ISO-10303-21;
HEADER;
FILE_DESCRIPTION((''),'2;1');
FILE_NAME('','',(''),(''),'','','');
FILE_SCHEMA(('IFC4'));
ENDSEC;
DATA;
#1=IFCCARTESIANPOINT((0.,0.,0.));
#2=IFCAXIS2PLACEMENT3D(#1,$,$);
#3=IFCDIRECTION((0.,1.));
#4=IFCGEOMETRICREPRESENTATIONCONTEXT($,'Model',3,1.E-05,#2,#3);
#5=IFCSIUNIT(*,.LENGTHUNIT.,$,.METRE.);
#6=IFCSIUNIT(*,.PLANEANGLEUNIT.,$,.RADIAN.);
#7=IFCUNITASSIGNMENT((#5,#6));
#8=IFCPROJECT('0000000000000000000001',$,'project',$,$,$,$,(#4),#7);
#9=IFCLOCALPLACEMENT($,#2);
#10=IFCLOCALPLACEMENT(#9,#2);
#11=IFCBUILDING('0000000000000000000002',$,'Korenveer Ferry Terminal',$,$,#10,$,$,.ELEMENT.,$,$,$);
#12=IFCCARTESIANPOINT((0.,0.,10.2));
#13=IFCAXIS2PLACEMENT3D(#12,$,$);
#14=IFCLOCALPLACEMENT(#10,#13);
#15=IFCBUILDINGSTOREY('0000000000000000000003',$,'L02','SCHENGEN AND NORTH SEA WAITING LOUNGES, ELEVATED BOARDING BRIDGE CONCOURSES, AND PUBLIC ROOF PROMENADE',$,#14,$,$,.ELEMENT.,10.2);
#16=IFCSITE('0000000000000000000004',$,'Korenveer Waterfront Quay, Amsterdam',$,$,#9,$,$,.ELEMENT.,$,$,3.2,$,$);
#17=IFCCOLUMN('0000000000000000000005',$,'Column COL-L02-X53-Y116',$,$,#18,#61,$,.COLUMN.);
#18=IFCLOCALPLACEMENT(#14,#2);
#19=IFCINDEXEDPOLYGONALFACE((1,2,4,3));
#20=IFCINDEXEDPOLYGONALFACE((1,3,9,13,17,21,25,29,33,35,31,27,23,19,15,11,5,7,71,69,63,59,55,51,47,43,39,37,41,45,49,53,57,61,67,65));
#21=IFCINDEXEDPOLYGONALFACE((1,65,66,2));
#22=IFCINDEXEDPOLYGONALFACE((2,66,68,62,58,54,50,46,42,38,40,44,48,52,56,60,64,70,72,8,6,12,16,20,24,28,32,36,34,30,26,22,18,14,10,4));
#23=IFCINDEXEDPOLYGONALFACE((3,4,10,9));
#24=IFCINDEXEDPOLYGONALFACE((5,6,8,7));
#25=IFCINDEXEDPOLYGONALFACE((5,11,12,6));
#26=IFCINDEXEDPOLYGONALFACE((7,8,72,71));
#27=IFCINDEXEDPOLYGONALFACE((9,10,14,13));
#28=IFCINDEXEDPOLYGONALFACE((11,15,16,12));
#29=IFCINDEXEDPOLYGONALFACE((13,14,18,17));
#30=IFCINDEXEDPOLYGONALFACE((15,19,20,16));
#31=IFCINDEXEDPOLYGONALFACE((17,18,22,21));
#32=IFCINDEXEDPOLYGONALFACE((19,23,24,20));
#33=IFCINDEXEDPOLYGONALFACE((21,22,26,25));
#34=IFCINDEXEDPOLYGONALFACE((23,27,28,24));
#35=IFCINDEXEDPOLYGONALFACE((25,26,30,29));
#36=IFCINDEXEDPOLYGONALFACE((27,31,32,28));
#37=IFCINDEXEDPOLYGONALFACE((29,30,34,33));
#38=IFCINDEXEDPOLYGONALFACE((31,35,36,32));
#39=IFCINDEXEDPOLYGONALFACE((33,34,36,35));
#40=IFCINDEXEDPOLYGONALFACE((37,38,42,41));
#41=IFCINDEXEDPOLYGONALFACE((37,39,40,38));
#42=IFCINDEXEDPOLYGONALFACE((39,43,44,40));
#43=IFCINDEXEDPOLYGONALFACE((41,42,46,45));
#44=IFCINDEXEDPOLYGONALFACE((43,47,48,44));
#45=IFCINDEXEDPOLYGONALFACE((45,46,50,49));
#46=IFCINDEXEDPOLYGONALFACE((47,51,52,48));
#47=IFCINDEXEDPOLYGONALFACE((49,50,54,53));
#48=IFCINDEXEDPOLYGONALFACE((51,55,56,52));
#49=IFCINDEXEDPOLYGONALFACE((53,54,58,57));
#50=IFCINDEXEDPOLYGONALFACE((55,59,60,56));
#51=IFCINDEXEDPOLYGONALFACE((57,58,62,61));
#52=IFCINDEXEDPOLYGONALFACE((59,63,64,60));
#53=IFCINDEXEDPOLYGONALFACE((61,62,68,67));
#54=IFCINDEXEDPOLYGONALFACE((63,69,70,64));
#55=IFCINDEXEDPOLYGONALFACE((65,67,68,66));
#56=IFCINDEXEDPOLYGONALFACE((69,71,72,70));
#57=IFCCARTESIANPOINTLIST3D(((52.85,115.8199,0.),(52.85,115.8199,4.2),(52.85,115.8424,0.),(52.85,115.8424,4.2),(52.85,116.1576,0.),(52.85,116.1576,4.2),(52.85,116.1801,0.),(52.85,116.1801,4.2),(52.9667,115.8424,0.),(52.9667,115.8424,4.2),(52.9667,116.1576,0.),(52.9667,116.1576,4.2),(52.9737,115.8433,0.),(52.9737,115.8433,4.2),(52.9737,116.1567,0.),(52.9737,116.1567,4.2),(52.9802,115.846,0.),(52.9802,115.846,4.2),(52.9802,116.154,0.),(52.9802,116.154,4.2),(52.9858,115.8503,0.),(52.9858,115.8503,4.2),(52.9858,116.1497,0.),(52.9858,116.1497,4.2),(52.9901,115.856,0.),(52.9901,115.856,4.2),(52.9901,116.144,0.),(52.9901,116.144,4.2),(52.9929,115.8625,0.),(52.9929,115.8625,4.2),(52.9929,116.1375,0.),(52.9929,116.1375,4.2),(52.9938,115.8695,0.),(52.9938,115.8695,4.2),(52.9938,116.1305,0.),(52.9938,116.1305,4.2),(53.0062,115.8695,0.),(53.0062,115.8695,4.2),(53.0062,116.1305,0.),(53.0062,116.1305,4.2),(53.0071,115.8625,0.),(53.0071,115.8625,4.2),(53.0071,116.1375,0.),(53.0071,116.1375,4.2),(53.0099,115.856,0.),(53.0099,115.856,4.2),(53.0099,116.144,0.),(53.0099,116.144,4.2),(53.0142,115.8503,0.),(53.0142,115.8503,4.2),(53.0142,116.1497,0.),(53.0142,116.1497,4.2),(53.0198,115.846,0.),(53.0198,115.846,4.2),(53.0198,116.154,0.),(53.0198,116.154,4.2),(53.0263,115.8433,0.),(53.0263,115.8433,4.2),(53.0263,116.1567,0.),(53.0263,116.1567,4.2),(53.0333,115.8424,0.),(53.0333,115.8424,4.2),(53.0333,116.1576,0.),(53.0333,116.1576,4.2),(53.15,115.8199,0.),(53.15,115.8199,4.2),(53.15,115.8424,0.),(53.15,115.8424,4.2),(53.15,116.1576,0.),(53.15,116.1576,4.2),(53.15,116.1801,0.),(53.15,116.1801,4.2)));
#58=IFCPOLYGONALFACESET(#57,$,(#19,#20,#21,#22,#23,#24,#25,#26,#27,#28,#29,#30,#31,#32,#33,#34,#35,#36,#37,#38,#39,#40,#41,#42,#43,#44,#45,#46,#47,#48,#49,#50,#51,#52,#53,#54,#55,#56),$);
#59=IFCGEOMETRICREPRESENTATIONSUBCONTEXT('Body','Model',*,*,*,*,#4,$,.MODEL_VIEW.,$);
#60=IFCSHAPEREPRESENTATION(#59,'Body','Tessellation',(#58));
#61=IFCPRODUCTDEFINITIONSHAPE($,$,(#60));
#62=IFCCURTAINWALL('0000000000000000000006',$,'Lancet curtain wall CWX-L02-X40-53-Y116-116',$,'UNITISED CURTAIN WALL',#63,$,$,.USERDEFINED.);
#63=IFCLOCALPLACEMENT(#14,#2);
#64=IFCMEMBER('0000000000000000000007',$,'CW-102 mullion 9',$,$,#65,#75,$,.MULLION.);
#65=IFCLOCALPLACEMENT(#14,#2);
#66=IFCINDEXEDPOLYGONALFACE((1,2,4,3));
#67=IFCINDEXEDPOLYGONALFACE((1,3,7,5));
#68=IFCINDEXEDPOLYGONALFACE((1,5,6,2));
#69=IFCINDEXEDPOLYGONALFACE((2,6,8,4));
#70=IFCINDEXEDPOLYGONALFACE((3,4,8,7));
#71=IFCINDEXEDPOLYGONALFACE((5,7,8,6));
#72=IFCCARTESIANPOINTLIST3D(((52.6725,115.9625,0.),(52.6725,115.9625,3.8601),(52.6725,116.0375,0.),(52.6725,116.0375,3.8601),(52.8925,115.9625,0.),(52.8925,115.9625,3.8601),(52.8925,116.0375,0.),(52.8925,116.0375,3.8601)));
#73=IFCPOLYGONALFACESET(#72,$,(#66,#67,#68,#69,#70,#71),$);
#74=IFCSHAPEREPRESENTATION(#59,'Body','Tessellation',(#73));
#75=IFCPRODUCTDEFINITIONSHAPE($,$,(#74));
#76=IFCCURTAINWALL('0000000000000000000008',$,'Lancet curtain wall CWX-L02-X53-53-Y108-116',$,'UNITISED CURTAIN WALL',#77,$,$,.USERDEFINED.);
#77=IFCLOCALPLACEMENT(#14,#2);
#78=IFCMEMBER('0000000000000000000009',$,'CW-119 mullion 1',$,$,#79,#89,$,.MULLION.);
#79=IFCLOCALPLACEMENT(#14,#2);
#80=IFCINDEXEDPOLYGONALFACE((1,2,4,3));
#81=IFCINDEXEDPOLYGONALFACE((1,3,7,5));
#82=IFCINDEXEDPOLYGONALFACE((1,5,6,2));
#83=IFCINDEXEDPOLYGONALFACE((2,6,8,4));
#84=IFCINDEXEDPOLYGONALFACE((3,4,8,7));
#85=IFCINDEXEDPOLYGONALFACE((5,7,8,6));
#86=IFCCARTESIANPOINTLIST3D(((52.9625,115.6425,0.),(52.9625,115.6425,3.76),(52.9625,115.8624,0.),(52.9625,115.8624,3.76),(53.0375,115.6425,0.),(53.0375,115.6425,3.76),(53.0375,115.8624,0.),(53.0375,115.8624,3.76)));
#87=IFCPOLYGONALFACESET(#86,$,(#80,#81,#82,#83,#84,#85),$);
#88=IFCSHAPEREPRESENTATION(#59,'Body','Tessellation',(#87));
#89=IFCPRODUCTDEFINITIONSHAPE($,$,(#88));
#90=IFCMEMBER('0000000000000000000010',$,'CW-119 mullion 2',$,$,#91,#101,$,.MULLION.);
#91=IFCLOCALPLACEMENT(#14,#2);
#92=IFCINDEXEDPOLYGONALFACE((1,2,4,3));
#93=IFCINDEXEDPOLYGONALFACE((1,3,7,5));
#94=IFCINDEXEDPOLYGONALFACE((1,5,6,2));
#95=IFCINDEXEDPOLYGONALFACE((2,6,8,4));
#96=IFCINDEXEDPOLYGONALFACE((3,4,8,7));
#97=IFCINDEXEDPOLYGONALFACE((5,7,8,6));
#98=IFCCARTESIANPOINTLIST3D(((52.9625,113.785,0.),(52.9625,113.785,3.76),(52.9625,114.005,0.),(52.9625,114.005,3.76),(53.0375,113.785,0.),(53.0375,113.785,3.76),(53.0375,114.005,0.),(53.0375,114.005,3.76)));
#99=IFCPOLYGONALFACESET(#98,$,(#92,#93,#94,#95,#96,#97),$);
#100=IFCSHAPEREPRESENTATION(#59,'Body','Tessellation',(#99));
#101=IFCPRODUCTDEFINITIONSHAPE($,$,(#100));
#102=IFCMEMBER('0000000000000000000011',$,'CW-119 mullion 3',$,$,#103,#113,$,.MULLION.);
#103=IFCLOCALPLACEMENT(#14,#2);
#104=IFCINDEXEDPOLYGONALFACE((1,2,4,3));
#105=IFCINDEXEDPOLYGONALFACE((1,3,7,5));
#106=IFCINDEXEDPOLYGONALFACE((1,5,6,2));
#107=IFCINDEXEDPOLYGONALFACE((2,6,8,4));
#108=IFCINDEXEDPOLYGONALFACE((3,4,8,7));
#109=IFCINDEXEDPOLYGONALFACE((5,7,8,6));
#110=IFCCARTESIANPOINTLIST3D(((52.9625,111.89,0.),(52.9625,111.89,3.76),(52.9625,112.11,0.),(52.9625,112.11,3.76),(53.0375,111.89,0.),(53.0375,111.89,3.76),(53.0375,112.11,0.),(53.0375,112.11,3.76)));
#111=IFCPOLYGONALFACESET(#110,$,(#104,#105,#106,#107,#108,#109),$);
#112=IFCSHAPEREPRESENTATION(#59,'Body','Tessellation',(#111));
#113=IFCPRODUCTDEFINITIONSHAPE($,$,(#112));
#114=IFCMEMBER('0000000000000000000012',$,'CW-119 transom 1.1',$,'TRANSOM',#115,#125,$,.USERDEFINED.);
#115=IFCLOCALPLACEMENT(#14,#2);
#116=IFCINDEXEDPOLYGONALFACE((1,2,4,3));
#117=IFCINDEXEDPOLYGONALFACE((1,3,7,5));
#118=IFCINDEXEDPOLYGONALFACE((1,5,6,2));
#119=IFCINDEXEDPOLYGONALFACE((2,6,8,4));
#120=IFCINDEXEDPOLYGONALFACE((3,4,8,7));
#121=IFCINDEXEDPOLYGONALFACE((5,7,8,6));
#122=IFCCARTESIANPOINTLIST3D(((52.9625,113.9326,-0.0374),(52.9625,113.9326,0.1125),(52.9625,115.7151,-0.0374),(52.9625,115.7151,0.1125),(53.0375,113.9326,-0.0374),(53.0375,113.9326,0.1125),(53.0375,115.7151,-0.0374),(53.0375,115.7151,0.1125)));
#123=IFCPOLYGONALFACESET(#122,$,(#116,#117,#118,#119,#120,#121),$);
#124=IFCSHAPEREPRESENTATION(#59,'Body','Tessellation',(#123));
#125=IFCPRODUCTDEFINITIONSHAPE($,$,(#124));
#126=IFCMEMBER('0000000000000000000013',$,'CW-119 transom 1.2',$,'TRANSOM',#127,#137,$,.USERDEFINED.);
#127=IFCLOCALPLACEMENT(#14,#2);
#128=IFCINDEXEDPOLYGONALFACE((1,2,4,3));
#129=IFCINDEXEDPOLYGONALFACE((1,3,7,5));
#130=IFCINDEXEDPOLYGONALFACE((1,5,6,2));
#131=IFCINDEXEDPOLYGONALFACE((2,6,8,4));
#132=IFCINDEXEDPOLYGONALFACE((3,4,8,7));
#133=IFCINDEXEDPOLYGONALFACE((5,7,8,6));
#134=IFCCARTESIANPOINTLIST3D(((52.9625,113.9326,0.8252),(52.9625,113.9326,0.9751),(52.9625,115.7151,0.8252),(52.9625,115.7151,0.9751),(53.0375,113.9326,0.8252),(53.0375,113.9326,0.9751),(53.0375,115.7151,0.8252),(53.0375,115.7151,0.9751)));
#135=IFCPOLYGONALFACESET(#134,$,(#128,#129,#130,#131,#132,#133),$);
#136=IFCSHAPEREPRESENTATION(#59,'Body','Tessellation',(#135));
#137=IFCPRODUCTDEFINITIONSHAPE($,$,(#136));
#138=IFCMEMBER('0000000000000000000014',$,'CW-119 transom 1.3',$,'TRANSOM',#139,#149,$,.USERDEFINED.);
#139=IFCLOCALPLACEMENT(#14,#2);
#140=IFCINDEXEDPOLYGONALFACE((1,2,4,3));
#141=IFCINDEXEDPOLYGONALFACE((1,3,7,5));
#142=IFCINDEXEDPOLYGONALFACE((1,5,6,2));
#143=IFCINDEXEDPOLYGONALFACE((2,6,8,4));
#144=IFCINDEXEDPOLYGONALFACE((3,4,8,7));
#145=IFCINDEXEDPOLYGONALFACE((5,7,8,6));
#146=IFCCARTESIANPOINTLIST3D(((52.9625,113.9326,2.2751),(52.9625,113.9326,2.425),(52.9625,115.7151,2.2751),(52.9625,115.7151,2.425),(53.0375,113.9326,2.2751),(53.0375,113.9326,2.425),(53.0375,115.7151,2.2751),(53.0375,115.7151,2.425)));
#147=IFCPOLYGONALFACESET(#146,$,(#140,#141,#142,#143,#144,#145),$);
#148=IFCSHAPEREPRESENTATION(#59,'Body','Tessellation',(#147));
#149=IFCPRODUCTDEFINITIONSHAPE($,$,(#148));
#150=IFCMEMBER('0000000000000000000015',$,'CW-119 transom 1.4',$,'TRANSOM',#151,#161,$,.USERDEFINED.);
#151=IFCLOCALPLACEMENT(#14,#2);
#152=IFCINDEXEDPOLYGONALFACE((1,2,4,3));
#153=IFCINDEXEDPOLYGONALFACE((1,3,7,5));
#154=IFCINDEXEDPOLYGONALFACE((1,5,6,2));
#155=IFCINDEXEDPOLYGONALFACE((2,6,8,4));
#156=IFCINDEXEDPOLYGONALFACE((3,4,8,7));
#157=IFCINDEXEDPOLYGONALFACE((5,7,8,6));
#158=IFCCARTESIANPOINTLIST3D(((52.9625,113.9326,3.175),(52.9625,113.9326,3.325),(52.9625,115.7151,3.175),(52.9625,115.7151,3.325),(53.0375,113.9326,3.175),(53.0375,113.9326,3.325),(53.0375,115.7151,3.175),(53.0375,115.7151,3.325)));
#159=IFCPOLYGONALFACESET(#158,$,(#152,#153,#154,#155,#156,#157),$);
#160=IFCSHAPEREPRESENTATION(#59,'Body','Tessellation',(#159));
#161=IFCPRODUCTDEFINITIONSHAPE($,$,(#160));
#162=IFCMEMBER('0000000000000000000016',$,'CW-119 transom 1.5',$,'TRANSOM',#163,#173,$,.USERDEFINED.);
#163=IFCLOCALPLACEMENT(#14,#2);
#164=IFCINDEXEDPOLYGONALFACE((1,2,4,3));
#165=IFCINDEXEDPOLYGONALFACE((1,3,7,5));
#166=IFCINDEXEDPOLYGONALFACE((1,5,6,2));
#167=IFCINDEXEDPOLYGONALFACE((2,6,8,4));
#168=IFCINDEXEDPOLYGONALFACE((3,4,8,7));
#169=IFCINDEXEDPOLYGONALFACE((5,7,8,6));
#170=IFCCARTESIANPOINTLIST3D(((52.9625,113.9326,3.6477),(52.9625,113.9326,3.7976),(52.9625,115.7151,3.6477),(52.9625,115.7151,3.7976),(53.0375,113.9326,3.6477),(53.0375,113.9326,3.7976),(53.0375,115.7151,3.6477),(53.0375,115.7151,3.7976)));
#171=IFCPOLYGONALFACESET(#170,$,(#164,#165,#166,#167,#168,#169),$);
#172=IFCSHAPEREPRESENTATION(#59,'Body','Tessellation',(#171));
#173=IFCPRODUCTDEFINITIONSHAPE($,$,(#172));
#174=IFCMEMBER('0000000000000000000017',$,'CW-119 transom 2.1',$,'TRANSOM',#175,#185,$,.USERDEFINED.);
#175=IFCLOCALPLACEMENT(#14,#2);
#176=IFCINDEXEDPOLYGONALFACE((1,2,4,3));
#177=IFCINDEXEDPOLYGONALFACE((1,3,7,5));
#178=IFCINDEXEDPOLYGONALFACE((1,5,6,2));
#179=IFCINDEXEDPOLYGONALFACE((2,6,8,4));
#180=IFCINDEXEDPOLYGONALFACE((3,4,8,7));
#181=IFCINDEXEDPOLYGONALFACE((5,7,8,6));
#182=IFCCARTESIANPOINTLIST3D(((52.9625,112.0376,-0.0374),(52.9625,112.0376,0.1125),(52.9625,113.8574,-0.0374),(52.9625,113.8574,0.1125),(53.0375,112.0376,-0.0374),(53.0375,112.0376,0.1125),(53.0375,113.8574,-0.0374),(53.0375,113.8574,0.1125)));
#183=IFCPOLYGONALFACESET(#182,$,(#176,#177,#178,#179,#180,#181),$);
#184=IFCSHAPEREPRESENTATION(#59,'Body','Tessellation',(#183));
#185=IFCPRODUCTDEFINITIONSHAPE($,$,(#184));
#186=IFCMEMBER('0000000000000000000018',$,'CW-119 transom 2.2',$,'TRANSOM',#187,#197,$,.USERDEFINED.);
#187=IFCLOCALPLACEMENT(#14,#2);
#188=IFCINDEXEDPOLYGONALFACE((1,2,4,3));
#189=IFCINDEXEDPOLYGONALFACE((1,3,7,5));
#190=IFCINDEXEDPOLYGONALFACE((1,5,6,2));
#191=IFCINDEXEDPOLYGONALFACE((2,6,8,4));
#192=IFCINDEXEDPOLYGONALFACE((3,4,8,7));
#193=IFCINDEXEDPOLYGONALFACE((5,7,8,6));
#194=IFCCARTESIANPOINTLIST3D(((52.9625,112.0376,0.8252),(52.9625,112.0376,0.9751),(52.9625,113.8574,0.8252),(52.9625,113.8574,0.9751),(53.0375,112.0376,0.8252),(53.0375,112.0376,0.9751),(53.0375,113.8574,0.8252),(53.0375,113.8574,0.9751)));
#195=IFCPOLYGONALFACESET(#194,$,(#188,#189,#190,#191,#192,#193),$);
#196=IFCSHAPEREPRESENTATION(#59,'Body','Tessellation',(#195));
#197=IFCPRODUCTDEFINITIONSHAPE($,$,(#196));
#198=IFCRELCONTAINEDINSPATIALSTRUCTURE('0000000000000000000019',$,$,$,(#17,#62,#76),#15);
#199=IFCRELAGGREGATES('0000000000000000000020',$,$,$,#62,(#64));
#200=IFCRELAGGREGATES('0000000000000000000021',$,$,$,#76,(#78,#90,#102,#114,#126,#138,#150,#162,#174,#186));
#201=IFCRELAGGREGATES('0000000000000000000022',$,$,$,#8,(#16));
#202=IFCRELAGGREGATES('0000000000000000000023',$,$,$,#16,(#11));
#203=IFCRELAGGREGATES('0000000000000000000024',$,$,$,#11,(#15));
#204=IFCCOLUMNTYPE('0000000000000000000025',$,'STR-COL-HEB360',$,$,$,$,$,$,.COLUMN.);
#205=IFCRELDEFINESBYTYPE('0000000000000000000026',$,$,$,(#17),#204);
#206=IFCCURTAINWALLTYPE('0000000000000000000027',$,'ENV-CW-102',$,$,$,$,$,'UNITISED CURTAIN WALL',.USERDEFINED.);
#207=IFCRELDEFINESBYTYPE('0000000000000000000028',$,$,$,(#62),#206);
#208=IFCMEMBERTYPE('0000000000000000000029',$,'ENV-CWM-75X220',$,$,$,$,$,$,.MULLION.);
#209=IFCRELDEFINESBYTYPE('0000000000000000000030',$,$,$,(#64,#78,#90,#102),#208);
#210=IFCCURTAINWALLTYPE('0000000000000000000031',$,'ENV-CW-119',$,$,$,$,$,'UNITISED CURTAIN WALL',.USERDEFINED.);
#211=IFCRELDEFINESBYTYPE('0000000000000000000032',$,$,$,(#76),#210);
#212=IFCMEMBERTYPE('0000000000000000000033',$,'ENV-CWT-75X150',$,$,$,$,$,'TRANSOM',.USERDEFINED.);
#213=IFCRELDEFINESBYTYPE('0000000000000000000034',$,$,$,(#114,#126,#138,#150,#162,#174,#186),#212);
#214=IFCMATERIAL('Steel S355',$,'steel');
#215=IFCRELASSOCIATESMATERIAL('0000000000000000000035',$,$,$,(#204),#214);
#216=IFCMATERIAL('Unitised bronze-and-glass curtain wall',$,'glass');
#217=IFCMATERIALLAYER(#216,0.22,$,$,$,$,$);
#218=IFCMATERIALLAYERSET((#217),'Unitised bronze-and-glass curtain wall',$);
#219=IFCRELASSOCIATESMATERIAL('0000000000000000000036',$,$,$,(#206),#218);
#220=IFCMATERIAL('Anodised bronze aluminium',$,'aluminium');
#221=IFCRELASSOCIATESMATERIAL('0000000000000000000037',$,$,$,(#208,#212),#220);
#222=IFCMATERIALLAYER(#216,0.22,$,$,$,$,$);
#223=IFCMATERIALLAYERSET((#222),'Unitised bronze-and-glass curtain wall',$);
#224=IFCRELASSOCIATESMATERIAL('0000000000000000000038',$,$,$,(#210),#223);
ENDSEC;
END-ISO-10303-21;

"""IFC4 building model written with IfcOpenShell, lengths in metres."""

from ifc_helpers import new_model, si_unit, direction, frame, origin, origin_2d, place, context, subcontext, project, spatial, rectangle, i_section, extrude, material, layer, layer_set, material_profile, profile_set, type_object, element, aggregate, save


model = new_model("IFC4")

# Units and contexts
model_context = context("Model", 3, precision=1e-05, world=origin(), true_north=direction((0.0, 1.0)))
body_context = subcontext(model_context, "Body", "Model", "MODEL_VIEW")
ifc_project = project(units=[si_unit("LENGTHUNIT", "METRE"), si_unit("PLANEANGLEUNIT", "RADIAN")], contexts=[model_context])

# Site, building, storey
site_placement = place(None, origin())
site = spatial("IfcSite", under=ifc_project, at=site_placement, Name="Korenveer Waterfront Quay, Amsterdam", CompositionType="ELEMENT", RefElevation=3.2)
building_placement = place(site_placement, origin())
building = spatial("IfcBuilding", under=site, at=building_placement, Name="Korenveer Ferry Terminal", CompositionType="ELEMENT")
storey_placement = place(building_placement, frame((0.0, 0.0, 10.2)))
storey = spatial("IfcBuildingStorey", under=building, at=storey_placement, Name="L02", Description="SCHENGEN AND NORTH SEA WAITING LOUNGES, ELEVATED BOARDING BRIDGE CONCOURSES, AND PUBLIC ROOF PROMENADE", CompositionType="ELEMENT", Elevation=10.2)

# Column
ifc_material_1 = material(Name="Steel S355", Category="steel")
ifc_material_profile_1 = material_profile(ifc_material_1, i_section(OverallWidth=0.3, OverallDepth=0.3601, WebThickness=0.0125, FlangeThickness=0.0225, FilletRadius=0.0271, at=origin_2d()), Name="HEB 360")
ifc_profile_set_1 = profile_set([ifc_material_profile_1], Name="Steel S355")
column_type = type_object("IfcColumnType", Name="STR-COL-HEB360", PredefinedType="COLUMN", material=ifc_profile_set_1)
column_placement = place(storey_placement, frame((53.0, 116.0, 0.0), z_axis=(0.0, 0.0, 1.0), x_axis=(1.0, 0.0, 0.0)))
element("IfcColumn", 1, at=column_placement, inside=storey, type_object=column_type, Name="Column COL-L02-X53-Y116", PredefinedType="COLUMN", context=body_context, shape_type="SweptSolid", body=[
    extrude(i_section(OverallWidth=0.3, OverallDepth=0.3601, WebThickness=0.0125, FlangeThickness=0.0225, FilletRadius=0.0271, at=origin_2d()), origin(), (0.0, 0.0, 1.0), 4.2),
])

# Curtain wall, member
ifc_material_2 = material(Name="Unitised bronze-and-glass curtain wall", Category="glass")
ifc_layer_1 = layer(ifc_material_2, 0.22)
ifc_layer_set_1 = layer_set([ifc_layer_1], Name="Unitised bronze-and-glass curtain wall")
curtain_wall_type_1 = type_object("IfcCurtainWallType", Name="ENV-CW-102", ElementType="UNITISED CURTAIN WALL", PredefinedType="USERDEFINED", material=ifc_layer_set_1)
curtain_wall_1_placement = place(storey_placement, frame((40.1665, 116.0, 0.0)))
curtain_wall_1 = element("IfcCurtainWall", 2, at=curtain_wall_1_placement, inside=storey, type_object=curtain_wall_type_1, Name="Lancet curtain wall CWX-L02-X40-53-Y116-116", ObjectType="UNITISED CURTAIN WALL", PredefinedType="USERDEFINED")
ifc_material_3 = material(Name="Anodised bronze aluminium", Category="aluminium")
ifc_material_profile_2 = material_profile(ifc_material_3, rectangle(XDim=0.075, YDim=0.22, at=origin_2d()), Name="ALU 75x220")
ifc_profile_set_2 = profile_set([ifc_material_profile_2], Name="Anodised bronze aluminium")
member_type_1 = type_object("IfcMemberType", Name="ENV-CWM-75X220", PredefinedType="MULLION", material=ifc_profile_set_2)
member_1_placement = place(storey_placement, frame((52.7825, 116.0, 0.0), z_axis=(0.0, 0.0, 1.0), x_axis=(0.0, 1.0, 0.0)))
member_1 = element("IfcMember", 3, at=member_1_placement, type_object=member_type_1, Name="CW-102 mullion 9", PredefinedType="MULLION", context=body_context, shape_type="SweptSolid", body=[
    extrude(rectangle(XDim=0.075, YDim=0.22, at=origin_2d()), origin(), (0.0, 0.0, 1.0), 3.8601),
])

# Curtain wall, members
ifc_layer_2 = layer(ifc_material_2, 0.22)
ifc_layer_set_2 = layer_set([ifc_layer_2], Name="Unitised bronze-and-glass curtain wall")
curtain_wall_type_2 = type_object("IfcCurtainWallType", Name="ENV-CW-119", ElementType="UNITISED CURTAIN WALL", PredefinedType="USERDEFINED", material=ifc_layer_set_2)
curtain_wall_2_placement = place(storey_placement, frame((53.0, 115.79, 0.0)))
curtain_wall_2 = element("IfcCurtainWall", 4, at=curtain_wall_2_placement, inside=storey, type_object=curtain_wall_type_2, Name="Lancet curtain wall CWX-L02-X53-53-Y108-116", ObjectType="UNITISED CURTAIN WALL", PredefinedType="USERDEFINED")
member_2_placement = place(storey_placement, frame((53.0, 115.7524, 0.0), z_axis=(0.0, 0.0, 1.0), x_axis=(1.0, 0.0, 0.0)))
member_2 = element("IfcMember", 5, at=member_2_placement, type_object=member_type_1, Name="CW-119 mullion 1", PredefinedType="MULLION", context=body_context, shape_type="SweptSolid", body=[
    extrude(rectangle(XDim=0.075, YDim=0.22, at=origin_2d()), origin(), (0.0, 0.0, 1.0), 3.76),
])
member_3_placement = place(storey_placement, frame((53.0, 113.895, 0.0), z_axis=(0.0, 0.0, 1.0), x_axis=(1.0, 0.0, 0.0)))
member_3 = element("IfcMember", 6, at=member_3_placement, type_object=member_type_1, Name="CW-119 mullion 2", PredefinedType="MULLION", context=body_context, shape_type="SweptSolid", body=[
    extrude(rectangle(XDim=0.075, YDim=0.22, at=origin_2d()), origin(), (0.0, 0.0, 1.0), 3.76),
])
member_4_placement = place(storey_placement, frame((53.0, 112.0, 0.0), z_axis=(0.0, 0.0, 1.0), x_axis=(1.0, 0.0, 0.0)))
member_4 = element("IfcMember", 7, at=member_4_placement, type_object=member_type_1, Name="CW-119 mullion 3", PredefinedType="MULLION", context=body_context, shape_type="SweptSolid", body=[
    extrude(rectangle(XDim=0.075, YDim=0.22, at=origin_2d()), origin(), (0.0, 0.0, 1.0), 3.76),
])
ifc_material_profile_3 = material_profile(ifc_material_3, rectangle(XDim=0.075, YDim=0.1499, at=origin_2d()), Name="ALU 75x150")
ifc_profile_set_3 = profile_set([ifc_material_profile_3], Name="Anodised bronze aluminium")
member_type_2 = type_object("IfcMemberType", Name="ENV-CWT-75X150", ElementType="TRANSOM", PredefinedType="USERDEFINED", material=ifc_profile_set_3)
member_5_placement = place(storey_placement, frame((53.0, 115.7151, 0.0376), z_axis=(0.0, -1.0, 0.0), x_axis=(1.0, 0.0, 0.0)))
member_5 = element("IfcMember", 8, at=member_5_placement, type_object=member_type_2, Name="CW-119 transom 1.1", ObjectType="TRANSOM", PredefinedType="USERDEFINED", context=body_context, shape_type="SweptSolid", body=[
    extrude(rectangle(XDim=0.075, YDim=0.1499, at=origin_2d()), origin(), (0.0, 0.0, 1.0), 1.7825),
])
member_6_placement = place(storey_placement, frame((53.0, 115.7151, 0.9001), z_axis=(0.0, -1.0, 0.0), x_axis=(1.0, 0.0, 0.0)))
member_6 = element("IfcMember", 9, at=member_6_placement, type_object=member_type_2, Name="CW-119 transom 1.2", ObjectType="TRANSOM", PredefinedType="USERDEFINED", context=body_context, shape_type="SweptSolid", body=[
    extrude(rectangle(XDim=0.075, YDim=0.1499, at=origin_2d()), origin(), (0.0, 0.0, 1.0), 1.7825),
])
member_7_placement = place(storey_placement, frame((53.0, 115.7151, 2.3501), z_axis=(0.0, -1.0, 0.0), x_axis=(1.0, 0.0, 0.0)))
member_7 = element("IfcMember", 10, at=member_7_placement, type_object=member_type_2, Name="CW-119 transom 1.3", ObjectType="TRANSOM", PredefinedType="USERDEFINED", context=body_context, shape_type="SweptSolid", body=[
    extrude(rectangle(XDim=0.075, YDim=0.1499, at=origin_2d()), origin(), (0.0, 0.0, 1.0), 1.7825),
])
member_8_placement = place(storey_placement, frame((53.0, 115.7151, 3.25), z_axis=(0.0, -1.0, 0.0), x_axis=(1.0, 0.0, 0.0)))
member_8 = element("IfcMember", 11, at=member_8_placement, type_object=member_type_2, Name="CW-119 transom 1.4", ObjectType="TRANSOM", PredefinedType="USERDEFINED", context=body_context, shape_type="SweptSolid", body=[
    extrude(rectangle(XDim=0.075, YDim=0.1499, at=origin_2d()), origin(), (0.0, 0.0, 1.0), 1.7825),
])
member_9_placement = place(storey_placement, frame((53.0, 115.7151, 3.7227), z_axis=(0.0, -1.0, 0.0), x_axis=(1.0, 0.0, 0.0)))
member_9 = element("IfcMember", 12, at=member_9_placement, type_object=member_type_2, Name="CW-119 transom 1.5", ObjectType="TRANSOM", PredefinedType="USERDEFINED", context=body_context, shape_type="SweptSolid", body=[
    extrude(rectangle(XDim=0.075, YDim=0.1499, at=origin_2d()), origin(), (0.0, 0.0, 1.0), 1.7825),
])
member_10_placement = place(storey_placement, frame((53.0, 113.8574, 0.0376), z_axis=(0.0, -1.0, 0.0), x_axis=(1.0, 0.0, 0.0)))
member_10 = element("IfcMember", 13, at=member_10_placement, type_object=member_type_2, Name="CW-119 transom 2.1", ObjectType="TRANSOM", PredefinedType="USERDEFINED", context=body_context, shape_type="SweptSolid", body=[
    extrude(rectangle(XDim=0.075, YDim=0.1499, at=origin_2d()), origin(), (0.0, 0.0, 1.0), 1.8198),
])
member_11_placement = place(storey_placement, frame((53.0, 113.8574, 0.9001), z_axis=(0.0, -1.0, 0.0), x_axis=(1.0, 0.0, 0.0)))
member_11 = element("IfcMember", 14, at=member_11_placement, type_object=member_type_2, Name="CW-119 transom 2.2", ObjectType="TRANSOM", PredefinedType="USERDEFINED", context=body_context, shape_type="SweptSolid", body=[
    extrude(rectangle(XDim=0.075, YDim=0.1499, at=origin_2d()), origin(), (0.0, 0.0, 1.0), 1.8198),
])

aggregate(curtain_wall_1, [member_1])
aggregate(curtain_wall_2, [member_2, member_3, member_4, member_5, member_6, member_7, member_8, member_9, member_10, member_11])

save(model, "model.ifc")
